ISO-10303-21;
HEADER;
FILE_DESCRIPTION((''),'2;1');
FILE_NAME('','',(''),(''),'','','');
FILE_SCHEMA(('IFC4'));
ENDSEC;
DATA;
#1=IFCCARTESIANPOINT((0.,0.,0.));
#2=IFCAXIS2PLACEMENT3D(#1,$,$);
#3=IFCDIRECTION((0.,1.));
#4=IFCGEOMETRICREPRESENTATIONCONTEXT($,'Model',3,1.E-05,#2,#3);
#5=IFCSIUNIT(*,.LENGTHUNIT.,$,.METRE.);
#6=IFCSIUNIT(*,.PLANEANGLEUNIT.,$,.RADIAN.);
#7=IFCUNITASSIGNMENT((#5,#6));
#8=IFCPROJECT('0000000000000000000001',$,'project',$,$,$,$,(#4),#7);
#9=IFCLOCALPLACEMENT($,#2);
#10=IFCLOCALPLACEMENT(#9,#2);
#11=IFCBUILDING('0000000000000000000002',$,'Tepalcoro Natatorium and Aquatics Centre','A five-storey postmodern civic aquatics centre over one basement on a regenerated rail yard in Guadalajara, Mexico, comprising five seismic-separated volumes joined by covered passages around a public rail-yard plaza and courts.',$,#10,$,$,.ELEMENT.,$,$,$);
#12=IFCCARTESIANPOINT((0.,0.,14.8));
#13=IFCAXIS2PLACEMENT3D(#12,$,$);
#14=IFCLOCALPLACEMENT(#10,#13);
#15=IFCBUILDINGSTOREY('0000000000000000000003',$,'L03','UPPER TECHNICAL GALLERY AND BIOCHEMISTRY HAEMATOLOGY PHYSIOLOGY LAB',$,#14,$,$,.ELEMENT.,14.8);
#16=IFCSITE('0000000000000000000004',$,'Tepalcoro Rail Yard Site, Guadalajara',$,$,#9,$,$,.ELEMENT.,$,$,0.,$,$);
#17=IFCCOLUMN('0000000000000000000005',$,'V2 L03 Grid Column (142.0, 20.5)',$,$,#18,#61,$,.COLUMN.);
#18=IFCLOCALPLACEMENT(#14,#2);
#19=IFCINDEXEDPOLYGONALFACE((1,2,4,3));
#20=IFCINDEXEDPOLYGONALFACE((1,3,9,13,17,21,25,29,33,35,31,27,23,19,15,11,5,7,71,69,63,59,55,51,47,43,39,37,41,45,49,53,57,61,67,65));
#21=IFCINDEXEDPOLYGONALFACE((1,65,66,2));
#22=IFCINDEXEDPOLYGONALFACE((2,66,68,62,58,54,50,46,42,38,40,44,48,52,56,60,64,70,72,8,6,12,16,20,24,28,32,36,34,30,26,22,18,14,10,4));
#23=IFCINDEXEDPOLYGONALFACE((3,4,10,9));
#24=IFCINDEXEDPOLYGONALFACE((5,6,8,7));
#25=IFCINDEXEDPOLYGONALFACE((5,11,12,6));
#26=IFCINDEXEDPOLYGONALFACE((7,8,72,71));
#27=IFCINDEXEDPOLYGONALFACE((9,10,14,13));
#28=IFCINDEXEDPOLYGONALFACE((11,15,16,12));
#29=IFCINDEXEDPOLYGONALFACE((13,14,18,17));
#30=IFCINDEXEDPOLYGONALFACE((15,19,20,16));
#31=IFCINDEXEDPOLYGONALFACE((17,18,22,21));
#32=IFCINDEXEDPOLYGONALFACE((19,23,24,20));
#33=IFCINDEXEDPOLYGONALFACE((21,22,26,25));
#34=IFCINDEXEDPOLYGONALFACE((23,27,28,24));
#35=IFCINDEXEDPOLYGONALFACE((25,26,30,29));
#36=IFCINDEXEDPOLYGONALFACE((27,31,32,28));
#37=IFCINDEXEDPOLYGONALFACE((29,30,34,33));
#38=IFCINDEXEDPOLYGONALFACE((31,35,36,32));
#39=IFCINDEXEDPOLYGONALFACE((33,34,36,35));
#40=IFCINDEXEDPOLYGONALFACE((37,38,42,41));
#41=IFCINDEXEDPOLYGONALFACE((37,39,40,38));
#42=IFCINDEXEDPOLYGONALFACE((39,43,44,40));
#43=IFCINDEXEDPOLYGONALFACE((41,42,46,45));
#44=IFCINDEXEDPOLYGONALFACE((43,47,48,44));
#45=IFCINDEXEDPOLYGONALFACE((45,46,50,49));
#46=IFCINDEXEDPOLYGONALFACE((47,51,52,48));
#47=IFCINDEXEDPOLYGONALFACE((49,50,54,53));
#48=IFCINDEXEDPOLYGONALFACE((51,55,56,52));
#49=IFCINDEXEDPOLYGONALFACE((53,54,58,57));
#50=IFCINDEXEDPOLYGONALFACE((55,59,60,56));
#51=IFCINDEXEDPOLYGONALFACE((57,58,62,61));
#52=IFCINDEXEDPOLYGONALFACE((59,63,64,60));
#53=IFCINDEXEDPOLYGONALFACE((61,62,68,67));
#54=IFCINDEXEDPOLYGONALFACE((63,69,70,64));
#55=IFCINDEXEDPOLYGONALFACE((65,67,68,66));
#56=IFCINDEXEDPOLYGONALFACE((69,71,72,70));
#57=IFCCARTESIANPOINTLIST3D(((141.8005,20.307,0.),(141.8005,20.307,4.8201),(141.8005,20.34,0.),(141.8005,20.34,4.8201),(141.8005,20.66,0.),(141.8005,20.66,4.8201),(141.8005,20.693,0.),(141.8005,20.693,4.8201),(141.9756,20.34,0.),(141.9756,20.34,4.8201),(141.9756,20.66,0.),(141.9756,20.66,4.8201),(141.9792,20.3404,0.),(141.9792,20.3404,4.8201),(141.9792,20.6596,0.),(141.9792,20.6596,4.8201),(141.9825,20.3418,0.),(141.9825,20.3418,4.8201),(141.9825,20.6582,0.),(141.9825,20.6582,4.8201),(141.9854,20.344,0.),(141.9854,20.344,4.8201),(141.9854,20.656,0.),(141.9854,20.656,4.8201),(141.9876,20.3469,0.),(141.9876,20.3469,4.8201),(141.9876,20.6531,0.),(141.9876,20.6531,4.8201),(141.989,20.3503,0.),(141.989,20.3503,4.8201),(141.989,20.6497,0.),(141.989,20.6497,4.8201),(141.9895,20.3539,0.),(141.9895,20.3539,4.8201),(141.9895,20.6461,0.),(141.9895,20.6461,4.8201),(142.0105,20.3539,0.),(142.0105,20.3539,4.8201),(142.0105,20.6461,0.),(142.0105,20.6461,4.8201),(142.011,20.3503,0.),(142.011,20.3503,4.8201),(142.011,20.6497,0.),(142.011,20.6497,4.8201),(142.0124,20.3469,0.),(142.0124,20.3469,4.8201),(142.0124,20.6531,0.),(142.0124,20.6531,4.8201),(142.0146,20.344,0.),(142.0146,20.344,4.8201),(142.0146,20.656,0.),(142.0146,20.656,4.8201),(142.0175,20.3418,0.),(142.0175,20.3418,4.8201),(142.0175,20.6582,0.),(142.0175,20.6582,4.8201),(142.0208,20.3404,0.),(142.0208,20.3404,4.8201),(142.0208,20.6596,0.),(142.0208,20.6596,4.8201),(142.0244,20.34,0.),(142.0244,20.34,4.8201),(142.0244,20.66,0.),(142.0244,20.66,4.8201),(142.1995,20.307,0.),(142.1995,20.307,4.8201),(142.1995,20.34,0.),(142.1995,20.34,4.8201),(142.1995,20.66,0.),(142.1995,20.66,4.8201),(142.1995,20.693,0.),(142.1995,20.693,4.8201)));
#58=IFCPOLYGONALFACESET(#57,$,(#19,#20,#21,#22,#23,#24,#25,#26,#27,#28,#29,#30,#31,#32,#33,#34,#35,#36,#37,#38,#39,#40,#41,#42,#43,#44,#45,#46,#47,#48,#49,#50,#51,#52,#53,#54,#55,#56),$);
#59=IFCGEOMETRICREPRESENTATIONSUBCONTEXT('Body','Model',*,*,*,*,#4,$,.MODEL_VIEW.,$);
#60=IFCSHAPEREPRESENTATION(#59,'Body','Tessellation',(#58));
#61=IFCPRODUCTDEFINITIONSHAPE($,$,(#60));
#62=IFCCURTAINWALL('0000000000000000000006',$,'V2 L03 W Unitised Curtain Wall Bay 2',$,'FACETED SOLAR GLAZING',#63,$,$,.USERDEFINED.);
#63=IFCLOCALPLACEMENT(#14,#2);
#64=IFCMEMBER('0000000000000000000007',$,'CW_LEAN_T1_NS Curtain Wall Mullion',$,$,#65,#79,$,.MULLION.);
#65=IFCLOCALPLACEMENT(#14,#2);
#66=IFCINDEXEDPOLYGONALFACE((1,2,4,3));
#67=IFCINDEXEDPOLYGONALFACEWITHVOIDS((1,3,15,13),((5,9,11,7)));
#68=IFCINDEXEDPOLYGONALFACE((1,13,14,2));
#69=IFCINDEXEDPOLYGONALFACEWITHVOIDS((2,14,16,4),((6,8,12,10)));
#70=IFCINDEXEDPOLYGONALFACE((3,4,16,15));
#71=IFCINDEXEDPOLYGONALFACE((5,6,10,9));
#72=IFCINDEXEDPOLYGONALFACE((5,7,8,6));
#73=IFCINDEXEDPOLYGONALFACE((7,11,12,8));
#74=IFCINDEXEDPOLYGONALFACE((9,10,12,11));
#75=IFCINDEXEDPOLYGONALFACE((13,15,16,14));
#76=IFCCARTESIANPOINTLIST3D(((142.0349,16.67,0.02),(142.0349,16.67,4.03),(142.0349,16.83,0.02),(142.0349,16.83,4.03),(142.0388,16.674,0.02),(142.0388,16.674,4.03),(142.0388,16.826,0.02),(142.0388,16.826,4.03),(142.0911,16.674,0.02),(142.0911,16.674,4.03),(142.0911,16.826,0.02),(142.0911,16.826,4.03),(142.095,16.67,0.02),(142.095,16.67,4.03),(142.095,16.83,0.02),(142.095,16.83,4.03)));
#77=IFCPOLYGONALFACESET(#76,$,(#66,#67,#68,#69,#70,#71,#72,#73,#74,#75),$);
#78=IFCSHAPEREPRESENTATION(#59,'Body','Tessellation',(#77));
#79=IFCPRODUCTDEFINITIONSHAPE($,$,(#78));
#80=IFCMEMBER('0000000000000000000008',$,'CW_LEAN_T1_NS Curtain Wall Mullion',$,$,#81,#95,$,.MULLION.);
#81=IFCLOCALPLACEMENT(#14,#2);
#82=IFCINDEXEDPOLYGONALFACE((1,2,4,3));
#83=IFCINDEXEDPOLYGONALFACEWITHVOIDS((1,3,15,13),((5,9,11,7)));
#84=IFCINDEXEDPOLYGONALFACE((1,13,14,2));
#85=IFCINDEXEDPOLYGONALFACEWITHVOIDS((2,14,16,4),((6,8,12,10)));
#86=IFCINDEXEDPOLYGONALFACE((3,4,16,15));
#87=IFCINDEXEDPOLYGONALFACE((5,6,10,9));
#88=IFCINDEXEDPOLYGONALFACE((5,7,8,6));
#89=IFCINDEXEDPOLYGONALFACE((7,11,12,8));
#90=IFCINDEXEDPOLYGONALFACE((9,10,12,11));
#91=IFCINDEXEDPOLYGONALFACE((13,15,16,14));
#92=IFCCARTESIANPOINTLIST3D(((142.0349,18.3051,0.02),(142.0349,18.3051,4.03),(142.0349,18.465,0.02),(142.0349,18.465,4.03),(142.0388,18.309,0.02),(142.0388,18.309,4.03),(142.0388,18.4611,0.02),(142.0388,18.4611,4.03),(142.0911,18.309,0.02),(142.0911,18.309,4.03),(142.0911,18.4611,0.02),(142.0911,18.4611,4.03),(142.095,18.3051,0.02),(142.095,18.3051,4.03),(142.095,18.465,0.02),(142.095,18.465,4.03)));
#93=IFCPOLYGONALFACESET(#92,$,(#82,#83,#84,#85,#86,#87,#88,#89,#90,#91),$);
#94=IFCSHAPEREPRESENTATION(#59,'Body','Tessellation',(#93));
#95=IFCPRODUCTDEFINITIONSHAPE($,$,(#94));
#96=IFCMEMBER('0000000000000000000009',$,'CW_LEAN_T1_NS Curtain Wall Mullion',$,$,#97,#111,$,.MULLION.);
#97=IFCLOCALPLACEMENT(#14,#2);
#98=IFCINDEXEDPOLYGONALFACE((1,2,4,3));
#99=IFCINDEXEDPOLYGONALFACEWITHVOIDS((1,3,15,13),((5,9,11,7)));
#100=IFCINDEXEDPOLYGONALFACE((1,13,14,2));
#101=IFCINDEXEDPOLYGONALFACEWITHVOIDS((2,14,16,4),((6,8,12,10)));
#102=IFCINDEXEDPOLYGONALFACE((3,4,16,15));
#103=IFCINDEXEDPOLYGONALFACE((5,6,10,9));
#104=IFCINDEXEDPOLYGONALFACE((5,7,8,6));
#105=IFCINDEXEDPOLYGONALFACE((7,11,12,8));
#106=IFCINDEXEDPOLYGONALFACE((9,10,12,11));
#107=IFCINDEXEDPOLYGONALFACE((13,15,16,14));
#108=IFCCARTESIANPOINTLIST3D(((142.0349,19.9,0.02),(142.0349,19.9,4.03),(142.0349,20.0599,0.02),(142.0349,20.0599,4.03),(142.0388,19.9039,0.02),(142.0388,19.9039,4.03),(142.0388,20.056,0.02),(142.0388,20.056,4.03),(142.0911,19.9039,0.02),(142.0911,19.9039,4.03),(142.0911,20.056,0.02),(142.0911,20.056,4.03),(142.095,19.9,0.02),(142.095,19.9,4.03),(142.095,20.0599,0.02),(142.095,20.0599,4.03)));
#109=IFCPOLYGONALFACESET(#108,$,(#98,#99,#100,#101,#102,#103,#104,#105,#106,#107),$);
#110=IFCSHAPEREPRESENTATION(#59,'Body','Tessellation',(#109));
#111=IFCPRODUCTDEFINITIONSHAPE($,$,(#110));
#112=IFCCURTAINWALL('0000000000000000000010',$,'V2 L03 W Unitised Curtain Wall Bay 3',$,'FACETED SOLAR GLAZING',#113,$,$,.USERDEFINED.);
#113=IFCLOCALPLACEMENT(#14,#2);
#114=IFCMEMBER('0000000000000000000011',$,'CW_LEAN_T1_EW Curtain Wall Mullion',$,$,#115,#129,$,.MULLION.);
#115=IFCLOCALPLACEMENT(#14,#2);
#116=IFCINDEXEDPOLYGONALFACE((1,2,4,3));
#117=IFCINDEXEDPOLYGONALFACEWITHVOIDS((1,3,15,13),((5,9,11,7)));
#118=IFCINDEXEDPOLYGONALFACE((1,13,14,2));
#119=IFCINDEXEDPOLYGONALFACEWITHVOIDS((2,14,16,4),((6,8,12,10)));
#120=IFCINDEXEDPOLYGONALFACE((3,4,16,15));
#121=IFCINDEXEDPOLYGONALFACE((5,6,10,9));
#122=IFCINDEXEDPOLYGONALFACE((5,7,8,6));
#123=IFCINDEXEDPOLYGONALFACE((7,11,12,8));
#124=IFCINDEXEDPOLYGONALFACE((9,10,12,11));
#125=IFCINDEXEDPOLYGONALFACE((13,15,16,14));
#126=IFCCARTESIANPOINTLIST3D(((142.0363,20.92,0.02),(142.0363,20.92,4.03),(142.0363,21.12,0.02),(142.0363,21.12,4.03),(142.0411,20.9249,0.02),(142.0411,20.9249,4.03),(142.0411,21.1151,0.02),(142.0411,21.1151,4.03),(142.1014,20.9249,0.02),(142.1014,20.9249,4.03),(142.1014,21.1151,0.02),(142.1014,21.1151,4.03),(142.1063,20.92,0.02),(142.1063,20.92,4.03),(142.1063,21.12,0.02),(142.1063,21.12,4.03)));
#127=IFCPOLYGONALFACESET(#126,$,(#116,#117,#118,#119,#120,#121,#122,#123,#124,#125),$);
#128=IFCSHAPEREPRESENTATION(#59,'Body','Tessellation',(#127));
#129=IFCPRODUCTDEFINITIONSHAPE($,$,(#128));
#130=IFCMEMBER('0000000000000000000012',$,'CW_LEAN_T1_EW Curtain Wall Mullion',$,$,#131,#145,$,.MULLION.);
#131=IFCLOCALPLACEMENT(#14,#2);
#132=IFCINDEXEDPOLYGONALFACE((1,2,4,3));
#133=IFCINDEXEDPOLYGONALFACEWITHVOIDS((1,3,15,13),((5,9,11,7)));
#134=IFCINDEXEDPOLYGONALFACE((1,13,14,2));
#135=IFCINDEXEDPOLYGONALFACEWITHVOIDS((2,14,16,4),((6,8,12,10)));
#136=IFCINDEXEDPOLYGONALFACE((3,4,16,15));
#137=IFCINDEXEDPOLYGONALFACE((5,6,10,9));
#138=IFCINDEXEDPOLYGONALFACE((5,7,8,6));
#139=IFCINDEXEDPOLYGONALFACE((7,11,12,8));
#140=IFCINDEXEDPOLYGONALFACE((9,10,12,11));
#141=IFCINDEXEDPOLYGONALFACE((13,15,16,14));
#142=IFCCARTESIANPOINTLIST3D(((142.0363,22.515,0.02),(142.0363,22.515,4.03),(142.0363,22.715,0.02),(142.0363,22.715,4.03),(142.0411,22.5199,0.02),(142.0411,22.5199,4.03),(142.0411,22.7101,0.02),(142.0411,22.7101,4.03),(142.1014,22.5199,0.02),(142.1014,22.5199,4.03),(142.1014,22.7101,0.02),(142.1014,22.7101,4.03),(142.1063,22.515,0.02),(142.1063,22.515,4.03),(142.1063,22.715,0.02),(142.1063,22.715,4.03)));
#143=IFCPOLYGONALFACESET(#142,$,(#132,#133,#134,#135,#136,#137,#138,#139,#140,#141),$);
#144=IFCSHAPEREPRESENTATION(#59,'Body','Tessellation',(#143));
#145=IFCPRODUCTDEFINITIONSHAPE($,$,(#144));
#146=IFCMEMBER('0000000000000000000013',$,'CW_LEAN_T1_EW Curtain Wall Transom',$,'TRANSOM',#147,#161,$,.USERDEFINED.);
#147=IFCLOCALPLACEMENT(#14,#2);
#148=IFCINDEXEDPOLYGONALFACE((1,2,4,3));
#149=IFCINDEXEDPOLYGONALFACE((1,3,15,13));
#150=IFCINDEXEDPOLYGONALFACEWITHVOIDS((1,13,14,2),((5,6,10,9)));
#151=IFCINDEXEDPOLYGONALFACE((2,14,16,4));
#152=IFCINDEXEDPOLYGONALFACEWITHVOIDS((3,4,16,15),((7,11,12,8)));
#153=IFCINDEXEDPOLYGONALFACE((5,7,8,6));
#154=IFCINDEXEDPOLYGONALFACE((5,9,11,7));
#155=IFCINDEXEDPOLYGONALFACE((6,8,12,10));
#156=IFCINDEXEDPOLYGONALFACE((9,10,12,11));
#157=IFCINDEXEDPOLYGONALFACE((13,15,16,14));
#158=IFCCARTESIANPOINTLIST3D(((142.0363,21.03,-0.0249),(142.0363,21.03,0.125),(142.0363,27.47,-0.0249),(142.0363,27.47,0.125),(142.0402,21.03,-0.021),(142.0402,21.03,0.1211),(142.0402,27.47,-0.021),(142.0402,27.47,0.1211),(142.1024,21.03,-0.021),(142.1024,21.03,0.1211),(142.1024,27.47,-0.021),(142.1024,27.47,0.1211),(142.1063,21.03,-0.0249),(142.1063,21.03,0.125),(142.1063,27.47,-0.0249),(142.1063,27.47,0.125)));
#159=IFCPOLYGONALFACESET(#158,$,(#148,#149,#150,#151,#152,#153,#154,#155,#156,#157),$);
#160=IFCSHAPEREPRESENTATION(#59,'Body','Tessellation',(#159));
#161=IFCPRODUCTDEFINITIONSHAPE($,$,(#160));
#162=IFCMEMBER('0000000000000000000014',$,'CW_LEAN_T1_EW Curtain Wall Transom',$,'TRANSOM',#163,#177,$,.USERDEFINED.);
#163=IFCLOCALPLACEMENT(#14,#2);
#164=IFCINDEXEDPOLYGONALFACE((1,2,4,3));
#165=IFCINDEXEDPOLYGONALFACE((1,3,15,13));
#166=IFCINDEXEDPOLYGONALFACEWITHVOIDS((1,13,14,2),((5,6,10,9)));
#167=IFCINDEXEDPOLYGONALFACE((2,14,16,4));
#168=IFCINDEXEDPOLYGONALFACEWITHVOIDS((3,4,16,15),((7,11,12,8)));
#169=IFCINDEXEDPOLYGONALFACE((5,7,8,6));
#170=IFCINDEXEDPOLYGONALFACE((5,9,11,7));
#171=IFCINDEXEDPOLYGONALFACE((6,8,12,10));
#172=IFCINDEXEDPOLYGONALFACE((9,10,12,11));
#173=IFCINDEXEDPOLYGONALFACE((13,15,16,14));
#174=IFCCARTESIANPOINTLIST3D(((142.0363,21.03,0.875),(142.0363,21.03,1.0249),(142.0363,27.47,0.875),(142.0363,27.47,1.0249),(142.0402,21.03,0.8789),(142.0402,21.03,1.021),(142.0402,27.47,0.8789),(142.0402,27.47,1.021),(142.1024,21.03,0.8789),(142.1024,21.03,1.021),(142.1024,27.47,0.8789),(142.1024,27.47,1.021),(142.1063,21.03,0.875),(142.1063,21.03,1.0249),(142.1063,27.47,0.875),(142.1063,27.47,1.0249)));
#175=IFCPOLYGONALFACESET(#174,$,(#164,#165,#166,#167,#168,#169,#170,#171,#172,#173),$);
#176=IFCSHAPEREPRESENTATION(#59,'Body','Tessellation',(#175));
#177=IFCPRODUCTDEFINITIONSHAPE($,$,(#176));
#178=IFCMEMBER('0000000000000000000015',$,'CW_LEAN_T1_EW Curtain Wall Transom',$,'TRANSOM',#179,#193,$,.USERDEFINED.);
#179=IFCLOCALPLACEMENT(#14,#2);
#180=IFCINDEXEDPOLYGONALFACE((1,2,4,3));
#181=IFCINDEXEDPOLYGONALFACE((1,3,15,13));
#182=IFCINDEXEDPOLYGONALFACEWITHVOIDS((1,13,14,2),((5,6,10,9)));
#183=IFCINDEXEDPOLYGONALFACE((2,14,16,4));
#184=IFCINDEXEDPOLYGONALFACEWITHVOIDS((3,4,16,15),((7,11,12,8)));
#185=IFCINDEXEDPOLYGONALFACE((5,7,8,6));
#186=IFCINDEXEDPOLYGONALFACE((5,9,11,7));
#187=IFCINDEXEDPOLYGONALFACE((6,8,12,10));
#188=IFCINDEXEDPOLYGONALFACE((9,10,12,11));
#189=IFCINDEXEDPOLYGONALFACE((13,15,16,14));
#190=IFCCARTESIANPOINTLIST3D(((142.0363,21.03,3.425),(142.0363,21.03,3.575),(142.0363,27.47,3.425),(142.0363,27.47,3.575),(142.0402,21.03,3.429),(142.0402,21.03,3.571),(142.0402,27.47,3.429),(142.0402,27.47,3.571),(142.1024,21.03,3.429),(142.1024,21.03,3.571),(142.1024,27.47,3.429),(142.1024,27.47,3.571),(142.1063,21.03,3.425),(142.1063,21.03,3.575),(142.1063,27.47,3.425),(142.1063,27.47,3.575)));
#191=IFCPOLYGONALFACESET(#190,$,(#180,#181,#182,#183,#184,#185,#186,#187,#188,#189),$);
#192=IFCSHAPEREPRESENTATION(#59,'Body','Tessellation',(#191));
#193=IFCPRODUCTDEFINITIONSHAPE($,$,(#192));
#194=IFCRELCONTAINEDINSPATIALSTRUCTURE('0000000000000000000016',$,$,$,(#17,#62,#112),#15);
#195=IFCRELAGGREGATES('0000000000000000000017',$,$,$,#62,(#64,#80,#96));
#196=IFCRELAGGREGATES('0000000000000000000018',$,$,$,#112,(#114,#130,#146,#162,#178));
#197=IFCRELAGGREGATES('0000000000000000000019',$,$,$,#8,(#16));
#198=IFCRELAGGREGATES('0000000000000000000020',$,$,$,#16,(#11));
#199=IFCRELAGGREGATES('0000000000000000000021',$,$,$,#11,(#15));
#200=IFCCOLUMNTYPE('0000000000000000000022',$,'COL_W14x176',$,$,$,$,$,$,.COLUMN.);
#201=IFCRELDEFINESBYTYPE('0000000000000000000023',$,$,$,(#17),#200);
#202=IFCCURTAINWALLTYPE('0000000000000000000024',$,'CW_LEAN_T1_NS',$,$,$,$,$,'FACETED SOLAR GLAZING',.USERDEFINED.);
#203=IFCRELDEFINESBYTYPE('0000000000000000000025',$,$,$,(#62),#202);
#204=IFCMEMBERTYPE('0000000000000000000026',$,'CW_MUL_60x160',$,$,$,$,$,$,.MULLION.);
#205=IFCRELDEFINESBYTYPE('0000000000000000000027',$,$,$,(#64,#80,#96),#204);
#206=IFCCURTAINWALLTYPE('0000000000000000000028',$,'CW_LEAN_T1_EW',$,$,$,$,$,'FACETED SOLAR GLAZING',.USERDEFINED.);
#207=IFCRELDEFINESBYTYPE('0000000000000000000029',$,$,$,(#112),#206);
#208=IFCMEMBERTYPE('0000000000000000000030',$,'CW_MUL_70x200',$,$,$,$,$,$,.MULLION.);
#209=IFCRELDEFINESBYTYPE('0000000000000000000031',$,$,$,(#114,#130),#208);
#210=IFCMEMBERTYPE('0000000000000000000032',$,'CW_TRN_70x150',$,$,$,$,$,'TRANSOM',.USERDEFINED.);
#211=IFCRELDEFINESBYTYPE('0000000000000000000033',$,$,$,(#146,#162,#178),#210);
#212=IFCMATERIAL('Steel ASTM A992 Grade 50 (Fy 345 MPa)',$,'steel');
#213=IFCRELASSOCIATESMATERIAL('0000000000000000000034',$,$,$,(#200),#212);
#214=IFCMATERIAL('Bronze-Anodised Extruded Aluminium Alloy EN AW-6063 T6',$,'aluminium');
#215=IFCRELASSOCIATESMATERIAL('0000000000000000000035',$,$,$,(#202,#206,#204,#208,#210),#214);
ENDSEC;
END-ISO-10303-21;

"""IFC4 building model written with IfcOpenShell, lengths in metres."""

from ifc_helpers import new_model, si_unit, direction, frame, origin, origin_2d, place, context, subcontext, project, spatial, hollow_rectangle, i_section, extrude, material, material_profile, profile_set, type_object, element, aggregate, save


model = new_model("IFC4")

# Units and contexts
model_context = context("Model", 3, precision=1e-05, world=origin(), true_north=direction((0.0, 1.0)))
body_context = subcontext(model_context, "Body", "Model", "MODEL_VIEW")
ifc_project = project(units=[si_unit("LENGTHUNIT", "METRE"), si_unit("PLANEANGLEUNIT", "RADIAN")], contexts=[model_context])

# Site, building, storey
site_placement = place(None, origin())
site = spatial("IfcSite", under=ifc_project, at=site_placement, Name="Tepalcoro Rail Yard Site, Guadalajara", CompositionType="ELEMENT", RefElevation=0.0)
building_placement = place(site_placement, origin())
building = spatial("IfcBuilding", under=site, at=building_placement, Name="Tepalcoro Natatorium and Aquatics Centre", Description="A five-storey postmodern civic aquatics centre over one basement on a regenerated rail yard in Guadalajara, Mexico, comprising five seismic-separated volumes joined by covered passages around a public rail-yard plaza and courts.", CompositionType="ELEMENT")
storey_placement = place(building_placement, frame((0.0, 0.0, 14.8)))
storey = spatial("IfcBuildingStorey", under=building, at=storey_placement, Name="L03", Description="UPPER TECHNICAL GALLERY AND BIOCHEMISTRY HAEMATOLOGY PHYSIOLOGY LAB", CompositionType="ELEMENT", Elevation=14.8)

# Column
ifc_material_1 = material(Name="Steel ASTM A992 Grade 50 (Fy 345 MPa)", Category="steel")
ifc_material_profile_1 = material_profile(ifc_material_1, i_section(OverallWidth=0.3989, OverallDepth=0.386, WebThickness=0.021, FlangeThickness=0.033, FilletRadius=0.0139, at=origin_2d()), Name="W14X176")
ifc_profile_set_1 = profile_set([ifc_material_profile_1], Name="Steel ASTM A992 Grade 50 (Fy 345 MPa)")
column_type = type_object("IfcColumnType", Name="COL_W14x176", PredefinedType="COLUMN", material=ifc_profile_set_1)
column_placement = place(storey_placement, frame((142.0, 20.5, 0.0), z_axis=(0.0, 0.0, 1.0), x_axis=(1.0, 0.0, 0.0)))
element("IfcColumn", 1, at=column_placement, inside=storey, type_object=column_type, Name="V2 L03 Grid Column (142.0, 20.5)", PredefinedType="COLUMN", context=body_context, shape_type="SweptSolid", body=[
    extrude(i_section(OverallWidth=0.3989, OverallDepth=0.386, WebThickness=0.021, FlangeThickness=0.033, FilletRadius=0.0139, at=origin_2d()), origin(), (0.0, 0.0, 1.0), 4.8201),
])

# Curtain walls, members
ifc_material_2 = material(Name="Bronze-Anodised Extruded Aluminium Alloy EN AW-6063 T6", Category="aluminium")
curtain_wall_type_1 = type_object("IfcCurtainWallType", Name="CW_LEAN_T1_NS", ElementType="FACETED SOLAR GLAZING", PredefinedType="USERDEFINED", material=ifc_material_2)
curtain_wall_1_placement = place(storey_placement, origin())
curtain_wall_1 = element("IfcCurtainWall", 2, at=curtain_wall_1_placement, inside=storey, type_object=curtain_wall_type_1, Name="V2 L03 W Unitised Curtain Wall Bay 2", ObjectType="FACETED SOLAR GLAZING", PredefinedType="USERDEFINED")
ifc_material_profile_2 = material_profile(ifc_material_2, hollow_rectangle(XDim=0.0601, YDim=0.1599, WallThickness=0.0039, at=origin_2d()), Name="AL60X160X4")
ifc_profile_set_2 = profile_set([ifc_material_profile_2], Name="Bronze-Anodised Extruded Aluminium Alloy EN AW-6063 T6")
member_type_1 = type_object("IfcMemberType", Name="CW_MUL_60x160", PredefinedType="MULLION", material=ifc_profile_set_2)
member_1_placement = place(storey_placement, frame((142.0649, 16.75, 0.02), z_axis=(0.0, 0.0, 1.0), x_axis=(1.0, 0.0, 0.0)))
member_1 = element("IfcMember", 3, at=member_1_placement, type_object=member_type_1, Name="CW_LEAN_T1_NS Curtain Wall Mullion", PredefinedType="MULLION", context=body_context, shape_type="SweptSolid", body=[
    extrude(hollow_rectangle(XDim=0.0601, YDim=0.1599, WallThickness=0.0039, at=origin_2d()), origin(), (0.0, 0.0, 1.0), 4.01),
])
member_2_placement = place(storey_placement, frame((142.0649, 18.385, 0.02), z_axis=(0.0, 0.0, 1.0), x_axis=(1.0, 0.0, 0.0)))
member_2 = element("IfcMember", 4, at=member_2_placement, type_object=member_type_1, Name="CW_LEAN_T1_NS Curtain Wall Mullion", PredefinedType="MULLION", context=body_context, shape_type="SweptSolid", body=[
    extrude(hollow_rectangle(XDim=0.0601, YDim=0.1599, WallThickness=0.0039, at=origin_2d()), origin(), (0.0, 0.0, 1.0), 4.01),
])
member_3_placement = place(storey_placement, frame((142.0649, 19.98, 0.02), z_axis=(0.0, 0.0, 1.0), x_axis=(1.0, 0.0, 0.0)))
member_3 = element("IfcMember", 5, at=member_3_placement, type_object=member_type_1, Name="CW_LEAN_T1_NS Curtain Wall Mullion", PredefinedType="MULLION", context=body_context, shape_type="SweptSolid", body=[
    extrude(hollow_rectangle(XDim=0.0601, YDim=0.1599, WallThickness=0.0039, at=origin_2d()), origin(), (0.0, 0.0, 1.0), 4.01),
])
curtain_wall_type_2 = type_object("IfcCurtainWallType", Name="CW_LEAN_T1_EW", ElementType="FACETED SOLAR GLAZING", PredefinedType="USERDEFINED", material=ifc_material_2)
curtain_wall_2_placement = place(storey_placement, origin())
curtain_wall_2 = element("IfcCurtainWall", 6, at=curtain_wall_2_placement, inside=storey, type_object=curtain_wall_type_2, Name="V2 L03 W Unitised Curtain Wall Bay 3", ObjectType="FACETED SOLAR GLAZING", PredefinedType="USERDEFINED")
ifc_material_profile_3 = material_profile(ifc_material_2, hollow_rectangle(XDim=0.0701, YDim=0.2, WallThickness=0.0049, at=origin_2d()), Name="AL70X200X5")
ifc_profile_set_3 = profile_set([ifc_material_profile_3], Name="Bronze-Anodised Extruded Aluminium Alloy EN AW-6063 T6")
member_type_2 = type_object("IfcMemberType", Name="CW_MUL_70x200", PredefinedType="MULLION", material=ifc_profile_set_3)
member_4_placement = place(storey_placement, frame((142.0713, 21.02, 0.02), z_axis=(0.0, 0.0, 1.0), x_axis=(1.0, 0.0, 0.0)))
member_4 = element("IfcMember", 7, at=member_4_placement, type_object=member_type_2, Name="CW_LEAN_T1_EW Curtain Wall Mullion", PredefinedType="MULLION", context=body_context, shape_type="SweptSolid", body=[
    extrude(hollow_rectangle(XDim=0.0701, YDim=0.2, WallThickness=0.0049, at=origin_2d()), origin(), (0.0, 0.0, 1.0), 4.01),
])
member_5_placement = place(storey_placement, frame((142.0713, 22.615, 0.02), z_axis=(0.0, 0.0, 1.0), x_axis=(1.0, 0.0, 0.0)))
member_5 = element("IfcMember", 8, at=member_5_placement, type_object=member_type_2, Name="CW_LEAN_T1_EW Curtain Wall Mullion", PredefinedType="MULLION", context=body_context, shape_type="SweptSolid", body=[
    extrude(hollow_rectangle(XDim=0.0701, YDim=0.2, WallThickness=0.0049, at=origin_2d()), origin(), (0.0, 0.0, 1.0), 4.01),
])
ifc_material_profile_4 = material_profile(ifc_material_2, hollow_rectangle(XDim=0.0701, YDim=0.1499, WallThickness=0.0039, at=origin_2d()), Name="AL70X150X4")
ifc_profile_set_4 = profile_set([ifc_material_profile_4], Name="Bronze-Anodised Extruded Aluminium Alloy EN AW-6063 T6")
member_type_3 = type_object("IfcMemberType", Name="CW_TRN_70x150", ElementType="TRANSOM", PredefinedType="USERDEFINED", material=ifc_profile_set_4)
member_6_placement = place(storey_placement, frame((142.0713, 21.03, 0.05), z_axis=(0.0, 1.0, 0.0), x_axis=(-1.0, 0.0, 0.0)))
member_6 = element("IfcMember", 9, at=member_6_placement, type_object=member_type_3, Name="CW_LEAN_T1_EW Curtain Wall Transom", ObjectType="TRANSOM", PredefinedType="USERDEFINED", context=body_context, shape_type="SweptSolid", body=[
    extrude(hollow_rectangle(XDim=0.0701, YDim=0.1499, WallThickness=0.0039, at=origin_2d()), origin(), (0.0, 0.0, 1.0), 6.4399),
])
member_7_placement = place(storey_placement, frame((142.0713, 21.03, 0.95), z_axis=(0.0, 1.0, 0.0), x_axis=(-1.0, 0.0, 0.0)))
member_7 = element("IfcMember", 10, at=member_7_placement, type_object=member_type_3, Name="CW_LEAN_T1_EW Curtain Wall Transom", ObjectType="TRANSOM", PredefinedType="USERDEFINED", context=body_context, shape_type="SweptSolid", body=[
    extrude(hollow_rectangle(XDim=0.0701, YDim=0.1499, WallThickness=0.0039, at=origin_2d()), origin(), (0.0, 0.0, 1.0), 6.4399),
])
member_8_placement = place(storey_placement, frame((142.0713, 21.03, 3.5), z_axis=(0.0, 1.0, 0.0), x_axis=(-1.0, 0.0, 0.0)))
member_8 = element("IfcMember", 11, at=member_8_placement, type_object=member_type_3, Name="CW_LEAN_T1_EW Curtain Wall Transom", ObjectType="TRANSOM", PredefinedType="USERDEFINED", context=body_context, shape_type="SweptSolid", body=[
    extrude(hollow_rectangle(XDim=0.0701, YDim=0.1499, WallThickness=0.0039, at=origin_2d()), origin(), (0.0, 0.0, 1.0), 6.4399),
])

aggregate(curtain_wall_1, [member_1, member_2, member_3])
aggregate(curtain_wall_2, [member_4, member_5, member_6, member_7, member_8])

save(model, "model.ifc")
